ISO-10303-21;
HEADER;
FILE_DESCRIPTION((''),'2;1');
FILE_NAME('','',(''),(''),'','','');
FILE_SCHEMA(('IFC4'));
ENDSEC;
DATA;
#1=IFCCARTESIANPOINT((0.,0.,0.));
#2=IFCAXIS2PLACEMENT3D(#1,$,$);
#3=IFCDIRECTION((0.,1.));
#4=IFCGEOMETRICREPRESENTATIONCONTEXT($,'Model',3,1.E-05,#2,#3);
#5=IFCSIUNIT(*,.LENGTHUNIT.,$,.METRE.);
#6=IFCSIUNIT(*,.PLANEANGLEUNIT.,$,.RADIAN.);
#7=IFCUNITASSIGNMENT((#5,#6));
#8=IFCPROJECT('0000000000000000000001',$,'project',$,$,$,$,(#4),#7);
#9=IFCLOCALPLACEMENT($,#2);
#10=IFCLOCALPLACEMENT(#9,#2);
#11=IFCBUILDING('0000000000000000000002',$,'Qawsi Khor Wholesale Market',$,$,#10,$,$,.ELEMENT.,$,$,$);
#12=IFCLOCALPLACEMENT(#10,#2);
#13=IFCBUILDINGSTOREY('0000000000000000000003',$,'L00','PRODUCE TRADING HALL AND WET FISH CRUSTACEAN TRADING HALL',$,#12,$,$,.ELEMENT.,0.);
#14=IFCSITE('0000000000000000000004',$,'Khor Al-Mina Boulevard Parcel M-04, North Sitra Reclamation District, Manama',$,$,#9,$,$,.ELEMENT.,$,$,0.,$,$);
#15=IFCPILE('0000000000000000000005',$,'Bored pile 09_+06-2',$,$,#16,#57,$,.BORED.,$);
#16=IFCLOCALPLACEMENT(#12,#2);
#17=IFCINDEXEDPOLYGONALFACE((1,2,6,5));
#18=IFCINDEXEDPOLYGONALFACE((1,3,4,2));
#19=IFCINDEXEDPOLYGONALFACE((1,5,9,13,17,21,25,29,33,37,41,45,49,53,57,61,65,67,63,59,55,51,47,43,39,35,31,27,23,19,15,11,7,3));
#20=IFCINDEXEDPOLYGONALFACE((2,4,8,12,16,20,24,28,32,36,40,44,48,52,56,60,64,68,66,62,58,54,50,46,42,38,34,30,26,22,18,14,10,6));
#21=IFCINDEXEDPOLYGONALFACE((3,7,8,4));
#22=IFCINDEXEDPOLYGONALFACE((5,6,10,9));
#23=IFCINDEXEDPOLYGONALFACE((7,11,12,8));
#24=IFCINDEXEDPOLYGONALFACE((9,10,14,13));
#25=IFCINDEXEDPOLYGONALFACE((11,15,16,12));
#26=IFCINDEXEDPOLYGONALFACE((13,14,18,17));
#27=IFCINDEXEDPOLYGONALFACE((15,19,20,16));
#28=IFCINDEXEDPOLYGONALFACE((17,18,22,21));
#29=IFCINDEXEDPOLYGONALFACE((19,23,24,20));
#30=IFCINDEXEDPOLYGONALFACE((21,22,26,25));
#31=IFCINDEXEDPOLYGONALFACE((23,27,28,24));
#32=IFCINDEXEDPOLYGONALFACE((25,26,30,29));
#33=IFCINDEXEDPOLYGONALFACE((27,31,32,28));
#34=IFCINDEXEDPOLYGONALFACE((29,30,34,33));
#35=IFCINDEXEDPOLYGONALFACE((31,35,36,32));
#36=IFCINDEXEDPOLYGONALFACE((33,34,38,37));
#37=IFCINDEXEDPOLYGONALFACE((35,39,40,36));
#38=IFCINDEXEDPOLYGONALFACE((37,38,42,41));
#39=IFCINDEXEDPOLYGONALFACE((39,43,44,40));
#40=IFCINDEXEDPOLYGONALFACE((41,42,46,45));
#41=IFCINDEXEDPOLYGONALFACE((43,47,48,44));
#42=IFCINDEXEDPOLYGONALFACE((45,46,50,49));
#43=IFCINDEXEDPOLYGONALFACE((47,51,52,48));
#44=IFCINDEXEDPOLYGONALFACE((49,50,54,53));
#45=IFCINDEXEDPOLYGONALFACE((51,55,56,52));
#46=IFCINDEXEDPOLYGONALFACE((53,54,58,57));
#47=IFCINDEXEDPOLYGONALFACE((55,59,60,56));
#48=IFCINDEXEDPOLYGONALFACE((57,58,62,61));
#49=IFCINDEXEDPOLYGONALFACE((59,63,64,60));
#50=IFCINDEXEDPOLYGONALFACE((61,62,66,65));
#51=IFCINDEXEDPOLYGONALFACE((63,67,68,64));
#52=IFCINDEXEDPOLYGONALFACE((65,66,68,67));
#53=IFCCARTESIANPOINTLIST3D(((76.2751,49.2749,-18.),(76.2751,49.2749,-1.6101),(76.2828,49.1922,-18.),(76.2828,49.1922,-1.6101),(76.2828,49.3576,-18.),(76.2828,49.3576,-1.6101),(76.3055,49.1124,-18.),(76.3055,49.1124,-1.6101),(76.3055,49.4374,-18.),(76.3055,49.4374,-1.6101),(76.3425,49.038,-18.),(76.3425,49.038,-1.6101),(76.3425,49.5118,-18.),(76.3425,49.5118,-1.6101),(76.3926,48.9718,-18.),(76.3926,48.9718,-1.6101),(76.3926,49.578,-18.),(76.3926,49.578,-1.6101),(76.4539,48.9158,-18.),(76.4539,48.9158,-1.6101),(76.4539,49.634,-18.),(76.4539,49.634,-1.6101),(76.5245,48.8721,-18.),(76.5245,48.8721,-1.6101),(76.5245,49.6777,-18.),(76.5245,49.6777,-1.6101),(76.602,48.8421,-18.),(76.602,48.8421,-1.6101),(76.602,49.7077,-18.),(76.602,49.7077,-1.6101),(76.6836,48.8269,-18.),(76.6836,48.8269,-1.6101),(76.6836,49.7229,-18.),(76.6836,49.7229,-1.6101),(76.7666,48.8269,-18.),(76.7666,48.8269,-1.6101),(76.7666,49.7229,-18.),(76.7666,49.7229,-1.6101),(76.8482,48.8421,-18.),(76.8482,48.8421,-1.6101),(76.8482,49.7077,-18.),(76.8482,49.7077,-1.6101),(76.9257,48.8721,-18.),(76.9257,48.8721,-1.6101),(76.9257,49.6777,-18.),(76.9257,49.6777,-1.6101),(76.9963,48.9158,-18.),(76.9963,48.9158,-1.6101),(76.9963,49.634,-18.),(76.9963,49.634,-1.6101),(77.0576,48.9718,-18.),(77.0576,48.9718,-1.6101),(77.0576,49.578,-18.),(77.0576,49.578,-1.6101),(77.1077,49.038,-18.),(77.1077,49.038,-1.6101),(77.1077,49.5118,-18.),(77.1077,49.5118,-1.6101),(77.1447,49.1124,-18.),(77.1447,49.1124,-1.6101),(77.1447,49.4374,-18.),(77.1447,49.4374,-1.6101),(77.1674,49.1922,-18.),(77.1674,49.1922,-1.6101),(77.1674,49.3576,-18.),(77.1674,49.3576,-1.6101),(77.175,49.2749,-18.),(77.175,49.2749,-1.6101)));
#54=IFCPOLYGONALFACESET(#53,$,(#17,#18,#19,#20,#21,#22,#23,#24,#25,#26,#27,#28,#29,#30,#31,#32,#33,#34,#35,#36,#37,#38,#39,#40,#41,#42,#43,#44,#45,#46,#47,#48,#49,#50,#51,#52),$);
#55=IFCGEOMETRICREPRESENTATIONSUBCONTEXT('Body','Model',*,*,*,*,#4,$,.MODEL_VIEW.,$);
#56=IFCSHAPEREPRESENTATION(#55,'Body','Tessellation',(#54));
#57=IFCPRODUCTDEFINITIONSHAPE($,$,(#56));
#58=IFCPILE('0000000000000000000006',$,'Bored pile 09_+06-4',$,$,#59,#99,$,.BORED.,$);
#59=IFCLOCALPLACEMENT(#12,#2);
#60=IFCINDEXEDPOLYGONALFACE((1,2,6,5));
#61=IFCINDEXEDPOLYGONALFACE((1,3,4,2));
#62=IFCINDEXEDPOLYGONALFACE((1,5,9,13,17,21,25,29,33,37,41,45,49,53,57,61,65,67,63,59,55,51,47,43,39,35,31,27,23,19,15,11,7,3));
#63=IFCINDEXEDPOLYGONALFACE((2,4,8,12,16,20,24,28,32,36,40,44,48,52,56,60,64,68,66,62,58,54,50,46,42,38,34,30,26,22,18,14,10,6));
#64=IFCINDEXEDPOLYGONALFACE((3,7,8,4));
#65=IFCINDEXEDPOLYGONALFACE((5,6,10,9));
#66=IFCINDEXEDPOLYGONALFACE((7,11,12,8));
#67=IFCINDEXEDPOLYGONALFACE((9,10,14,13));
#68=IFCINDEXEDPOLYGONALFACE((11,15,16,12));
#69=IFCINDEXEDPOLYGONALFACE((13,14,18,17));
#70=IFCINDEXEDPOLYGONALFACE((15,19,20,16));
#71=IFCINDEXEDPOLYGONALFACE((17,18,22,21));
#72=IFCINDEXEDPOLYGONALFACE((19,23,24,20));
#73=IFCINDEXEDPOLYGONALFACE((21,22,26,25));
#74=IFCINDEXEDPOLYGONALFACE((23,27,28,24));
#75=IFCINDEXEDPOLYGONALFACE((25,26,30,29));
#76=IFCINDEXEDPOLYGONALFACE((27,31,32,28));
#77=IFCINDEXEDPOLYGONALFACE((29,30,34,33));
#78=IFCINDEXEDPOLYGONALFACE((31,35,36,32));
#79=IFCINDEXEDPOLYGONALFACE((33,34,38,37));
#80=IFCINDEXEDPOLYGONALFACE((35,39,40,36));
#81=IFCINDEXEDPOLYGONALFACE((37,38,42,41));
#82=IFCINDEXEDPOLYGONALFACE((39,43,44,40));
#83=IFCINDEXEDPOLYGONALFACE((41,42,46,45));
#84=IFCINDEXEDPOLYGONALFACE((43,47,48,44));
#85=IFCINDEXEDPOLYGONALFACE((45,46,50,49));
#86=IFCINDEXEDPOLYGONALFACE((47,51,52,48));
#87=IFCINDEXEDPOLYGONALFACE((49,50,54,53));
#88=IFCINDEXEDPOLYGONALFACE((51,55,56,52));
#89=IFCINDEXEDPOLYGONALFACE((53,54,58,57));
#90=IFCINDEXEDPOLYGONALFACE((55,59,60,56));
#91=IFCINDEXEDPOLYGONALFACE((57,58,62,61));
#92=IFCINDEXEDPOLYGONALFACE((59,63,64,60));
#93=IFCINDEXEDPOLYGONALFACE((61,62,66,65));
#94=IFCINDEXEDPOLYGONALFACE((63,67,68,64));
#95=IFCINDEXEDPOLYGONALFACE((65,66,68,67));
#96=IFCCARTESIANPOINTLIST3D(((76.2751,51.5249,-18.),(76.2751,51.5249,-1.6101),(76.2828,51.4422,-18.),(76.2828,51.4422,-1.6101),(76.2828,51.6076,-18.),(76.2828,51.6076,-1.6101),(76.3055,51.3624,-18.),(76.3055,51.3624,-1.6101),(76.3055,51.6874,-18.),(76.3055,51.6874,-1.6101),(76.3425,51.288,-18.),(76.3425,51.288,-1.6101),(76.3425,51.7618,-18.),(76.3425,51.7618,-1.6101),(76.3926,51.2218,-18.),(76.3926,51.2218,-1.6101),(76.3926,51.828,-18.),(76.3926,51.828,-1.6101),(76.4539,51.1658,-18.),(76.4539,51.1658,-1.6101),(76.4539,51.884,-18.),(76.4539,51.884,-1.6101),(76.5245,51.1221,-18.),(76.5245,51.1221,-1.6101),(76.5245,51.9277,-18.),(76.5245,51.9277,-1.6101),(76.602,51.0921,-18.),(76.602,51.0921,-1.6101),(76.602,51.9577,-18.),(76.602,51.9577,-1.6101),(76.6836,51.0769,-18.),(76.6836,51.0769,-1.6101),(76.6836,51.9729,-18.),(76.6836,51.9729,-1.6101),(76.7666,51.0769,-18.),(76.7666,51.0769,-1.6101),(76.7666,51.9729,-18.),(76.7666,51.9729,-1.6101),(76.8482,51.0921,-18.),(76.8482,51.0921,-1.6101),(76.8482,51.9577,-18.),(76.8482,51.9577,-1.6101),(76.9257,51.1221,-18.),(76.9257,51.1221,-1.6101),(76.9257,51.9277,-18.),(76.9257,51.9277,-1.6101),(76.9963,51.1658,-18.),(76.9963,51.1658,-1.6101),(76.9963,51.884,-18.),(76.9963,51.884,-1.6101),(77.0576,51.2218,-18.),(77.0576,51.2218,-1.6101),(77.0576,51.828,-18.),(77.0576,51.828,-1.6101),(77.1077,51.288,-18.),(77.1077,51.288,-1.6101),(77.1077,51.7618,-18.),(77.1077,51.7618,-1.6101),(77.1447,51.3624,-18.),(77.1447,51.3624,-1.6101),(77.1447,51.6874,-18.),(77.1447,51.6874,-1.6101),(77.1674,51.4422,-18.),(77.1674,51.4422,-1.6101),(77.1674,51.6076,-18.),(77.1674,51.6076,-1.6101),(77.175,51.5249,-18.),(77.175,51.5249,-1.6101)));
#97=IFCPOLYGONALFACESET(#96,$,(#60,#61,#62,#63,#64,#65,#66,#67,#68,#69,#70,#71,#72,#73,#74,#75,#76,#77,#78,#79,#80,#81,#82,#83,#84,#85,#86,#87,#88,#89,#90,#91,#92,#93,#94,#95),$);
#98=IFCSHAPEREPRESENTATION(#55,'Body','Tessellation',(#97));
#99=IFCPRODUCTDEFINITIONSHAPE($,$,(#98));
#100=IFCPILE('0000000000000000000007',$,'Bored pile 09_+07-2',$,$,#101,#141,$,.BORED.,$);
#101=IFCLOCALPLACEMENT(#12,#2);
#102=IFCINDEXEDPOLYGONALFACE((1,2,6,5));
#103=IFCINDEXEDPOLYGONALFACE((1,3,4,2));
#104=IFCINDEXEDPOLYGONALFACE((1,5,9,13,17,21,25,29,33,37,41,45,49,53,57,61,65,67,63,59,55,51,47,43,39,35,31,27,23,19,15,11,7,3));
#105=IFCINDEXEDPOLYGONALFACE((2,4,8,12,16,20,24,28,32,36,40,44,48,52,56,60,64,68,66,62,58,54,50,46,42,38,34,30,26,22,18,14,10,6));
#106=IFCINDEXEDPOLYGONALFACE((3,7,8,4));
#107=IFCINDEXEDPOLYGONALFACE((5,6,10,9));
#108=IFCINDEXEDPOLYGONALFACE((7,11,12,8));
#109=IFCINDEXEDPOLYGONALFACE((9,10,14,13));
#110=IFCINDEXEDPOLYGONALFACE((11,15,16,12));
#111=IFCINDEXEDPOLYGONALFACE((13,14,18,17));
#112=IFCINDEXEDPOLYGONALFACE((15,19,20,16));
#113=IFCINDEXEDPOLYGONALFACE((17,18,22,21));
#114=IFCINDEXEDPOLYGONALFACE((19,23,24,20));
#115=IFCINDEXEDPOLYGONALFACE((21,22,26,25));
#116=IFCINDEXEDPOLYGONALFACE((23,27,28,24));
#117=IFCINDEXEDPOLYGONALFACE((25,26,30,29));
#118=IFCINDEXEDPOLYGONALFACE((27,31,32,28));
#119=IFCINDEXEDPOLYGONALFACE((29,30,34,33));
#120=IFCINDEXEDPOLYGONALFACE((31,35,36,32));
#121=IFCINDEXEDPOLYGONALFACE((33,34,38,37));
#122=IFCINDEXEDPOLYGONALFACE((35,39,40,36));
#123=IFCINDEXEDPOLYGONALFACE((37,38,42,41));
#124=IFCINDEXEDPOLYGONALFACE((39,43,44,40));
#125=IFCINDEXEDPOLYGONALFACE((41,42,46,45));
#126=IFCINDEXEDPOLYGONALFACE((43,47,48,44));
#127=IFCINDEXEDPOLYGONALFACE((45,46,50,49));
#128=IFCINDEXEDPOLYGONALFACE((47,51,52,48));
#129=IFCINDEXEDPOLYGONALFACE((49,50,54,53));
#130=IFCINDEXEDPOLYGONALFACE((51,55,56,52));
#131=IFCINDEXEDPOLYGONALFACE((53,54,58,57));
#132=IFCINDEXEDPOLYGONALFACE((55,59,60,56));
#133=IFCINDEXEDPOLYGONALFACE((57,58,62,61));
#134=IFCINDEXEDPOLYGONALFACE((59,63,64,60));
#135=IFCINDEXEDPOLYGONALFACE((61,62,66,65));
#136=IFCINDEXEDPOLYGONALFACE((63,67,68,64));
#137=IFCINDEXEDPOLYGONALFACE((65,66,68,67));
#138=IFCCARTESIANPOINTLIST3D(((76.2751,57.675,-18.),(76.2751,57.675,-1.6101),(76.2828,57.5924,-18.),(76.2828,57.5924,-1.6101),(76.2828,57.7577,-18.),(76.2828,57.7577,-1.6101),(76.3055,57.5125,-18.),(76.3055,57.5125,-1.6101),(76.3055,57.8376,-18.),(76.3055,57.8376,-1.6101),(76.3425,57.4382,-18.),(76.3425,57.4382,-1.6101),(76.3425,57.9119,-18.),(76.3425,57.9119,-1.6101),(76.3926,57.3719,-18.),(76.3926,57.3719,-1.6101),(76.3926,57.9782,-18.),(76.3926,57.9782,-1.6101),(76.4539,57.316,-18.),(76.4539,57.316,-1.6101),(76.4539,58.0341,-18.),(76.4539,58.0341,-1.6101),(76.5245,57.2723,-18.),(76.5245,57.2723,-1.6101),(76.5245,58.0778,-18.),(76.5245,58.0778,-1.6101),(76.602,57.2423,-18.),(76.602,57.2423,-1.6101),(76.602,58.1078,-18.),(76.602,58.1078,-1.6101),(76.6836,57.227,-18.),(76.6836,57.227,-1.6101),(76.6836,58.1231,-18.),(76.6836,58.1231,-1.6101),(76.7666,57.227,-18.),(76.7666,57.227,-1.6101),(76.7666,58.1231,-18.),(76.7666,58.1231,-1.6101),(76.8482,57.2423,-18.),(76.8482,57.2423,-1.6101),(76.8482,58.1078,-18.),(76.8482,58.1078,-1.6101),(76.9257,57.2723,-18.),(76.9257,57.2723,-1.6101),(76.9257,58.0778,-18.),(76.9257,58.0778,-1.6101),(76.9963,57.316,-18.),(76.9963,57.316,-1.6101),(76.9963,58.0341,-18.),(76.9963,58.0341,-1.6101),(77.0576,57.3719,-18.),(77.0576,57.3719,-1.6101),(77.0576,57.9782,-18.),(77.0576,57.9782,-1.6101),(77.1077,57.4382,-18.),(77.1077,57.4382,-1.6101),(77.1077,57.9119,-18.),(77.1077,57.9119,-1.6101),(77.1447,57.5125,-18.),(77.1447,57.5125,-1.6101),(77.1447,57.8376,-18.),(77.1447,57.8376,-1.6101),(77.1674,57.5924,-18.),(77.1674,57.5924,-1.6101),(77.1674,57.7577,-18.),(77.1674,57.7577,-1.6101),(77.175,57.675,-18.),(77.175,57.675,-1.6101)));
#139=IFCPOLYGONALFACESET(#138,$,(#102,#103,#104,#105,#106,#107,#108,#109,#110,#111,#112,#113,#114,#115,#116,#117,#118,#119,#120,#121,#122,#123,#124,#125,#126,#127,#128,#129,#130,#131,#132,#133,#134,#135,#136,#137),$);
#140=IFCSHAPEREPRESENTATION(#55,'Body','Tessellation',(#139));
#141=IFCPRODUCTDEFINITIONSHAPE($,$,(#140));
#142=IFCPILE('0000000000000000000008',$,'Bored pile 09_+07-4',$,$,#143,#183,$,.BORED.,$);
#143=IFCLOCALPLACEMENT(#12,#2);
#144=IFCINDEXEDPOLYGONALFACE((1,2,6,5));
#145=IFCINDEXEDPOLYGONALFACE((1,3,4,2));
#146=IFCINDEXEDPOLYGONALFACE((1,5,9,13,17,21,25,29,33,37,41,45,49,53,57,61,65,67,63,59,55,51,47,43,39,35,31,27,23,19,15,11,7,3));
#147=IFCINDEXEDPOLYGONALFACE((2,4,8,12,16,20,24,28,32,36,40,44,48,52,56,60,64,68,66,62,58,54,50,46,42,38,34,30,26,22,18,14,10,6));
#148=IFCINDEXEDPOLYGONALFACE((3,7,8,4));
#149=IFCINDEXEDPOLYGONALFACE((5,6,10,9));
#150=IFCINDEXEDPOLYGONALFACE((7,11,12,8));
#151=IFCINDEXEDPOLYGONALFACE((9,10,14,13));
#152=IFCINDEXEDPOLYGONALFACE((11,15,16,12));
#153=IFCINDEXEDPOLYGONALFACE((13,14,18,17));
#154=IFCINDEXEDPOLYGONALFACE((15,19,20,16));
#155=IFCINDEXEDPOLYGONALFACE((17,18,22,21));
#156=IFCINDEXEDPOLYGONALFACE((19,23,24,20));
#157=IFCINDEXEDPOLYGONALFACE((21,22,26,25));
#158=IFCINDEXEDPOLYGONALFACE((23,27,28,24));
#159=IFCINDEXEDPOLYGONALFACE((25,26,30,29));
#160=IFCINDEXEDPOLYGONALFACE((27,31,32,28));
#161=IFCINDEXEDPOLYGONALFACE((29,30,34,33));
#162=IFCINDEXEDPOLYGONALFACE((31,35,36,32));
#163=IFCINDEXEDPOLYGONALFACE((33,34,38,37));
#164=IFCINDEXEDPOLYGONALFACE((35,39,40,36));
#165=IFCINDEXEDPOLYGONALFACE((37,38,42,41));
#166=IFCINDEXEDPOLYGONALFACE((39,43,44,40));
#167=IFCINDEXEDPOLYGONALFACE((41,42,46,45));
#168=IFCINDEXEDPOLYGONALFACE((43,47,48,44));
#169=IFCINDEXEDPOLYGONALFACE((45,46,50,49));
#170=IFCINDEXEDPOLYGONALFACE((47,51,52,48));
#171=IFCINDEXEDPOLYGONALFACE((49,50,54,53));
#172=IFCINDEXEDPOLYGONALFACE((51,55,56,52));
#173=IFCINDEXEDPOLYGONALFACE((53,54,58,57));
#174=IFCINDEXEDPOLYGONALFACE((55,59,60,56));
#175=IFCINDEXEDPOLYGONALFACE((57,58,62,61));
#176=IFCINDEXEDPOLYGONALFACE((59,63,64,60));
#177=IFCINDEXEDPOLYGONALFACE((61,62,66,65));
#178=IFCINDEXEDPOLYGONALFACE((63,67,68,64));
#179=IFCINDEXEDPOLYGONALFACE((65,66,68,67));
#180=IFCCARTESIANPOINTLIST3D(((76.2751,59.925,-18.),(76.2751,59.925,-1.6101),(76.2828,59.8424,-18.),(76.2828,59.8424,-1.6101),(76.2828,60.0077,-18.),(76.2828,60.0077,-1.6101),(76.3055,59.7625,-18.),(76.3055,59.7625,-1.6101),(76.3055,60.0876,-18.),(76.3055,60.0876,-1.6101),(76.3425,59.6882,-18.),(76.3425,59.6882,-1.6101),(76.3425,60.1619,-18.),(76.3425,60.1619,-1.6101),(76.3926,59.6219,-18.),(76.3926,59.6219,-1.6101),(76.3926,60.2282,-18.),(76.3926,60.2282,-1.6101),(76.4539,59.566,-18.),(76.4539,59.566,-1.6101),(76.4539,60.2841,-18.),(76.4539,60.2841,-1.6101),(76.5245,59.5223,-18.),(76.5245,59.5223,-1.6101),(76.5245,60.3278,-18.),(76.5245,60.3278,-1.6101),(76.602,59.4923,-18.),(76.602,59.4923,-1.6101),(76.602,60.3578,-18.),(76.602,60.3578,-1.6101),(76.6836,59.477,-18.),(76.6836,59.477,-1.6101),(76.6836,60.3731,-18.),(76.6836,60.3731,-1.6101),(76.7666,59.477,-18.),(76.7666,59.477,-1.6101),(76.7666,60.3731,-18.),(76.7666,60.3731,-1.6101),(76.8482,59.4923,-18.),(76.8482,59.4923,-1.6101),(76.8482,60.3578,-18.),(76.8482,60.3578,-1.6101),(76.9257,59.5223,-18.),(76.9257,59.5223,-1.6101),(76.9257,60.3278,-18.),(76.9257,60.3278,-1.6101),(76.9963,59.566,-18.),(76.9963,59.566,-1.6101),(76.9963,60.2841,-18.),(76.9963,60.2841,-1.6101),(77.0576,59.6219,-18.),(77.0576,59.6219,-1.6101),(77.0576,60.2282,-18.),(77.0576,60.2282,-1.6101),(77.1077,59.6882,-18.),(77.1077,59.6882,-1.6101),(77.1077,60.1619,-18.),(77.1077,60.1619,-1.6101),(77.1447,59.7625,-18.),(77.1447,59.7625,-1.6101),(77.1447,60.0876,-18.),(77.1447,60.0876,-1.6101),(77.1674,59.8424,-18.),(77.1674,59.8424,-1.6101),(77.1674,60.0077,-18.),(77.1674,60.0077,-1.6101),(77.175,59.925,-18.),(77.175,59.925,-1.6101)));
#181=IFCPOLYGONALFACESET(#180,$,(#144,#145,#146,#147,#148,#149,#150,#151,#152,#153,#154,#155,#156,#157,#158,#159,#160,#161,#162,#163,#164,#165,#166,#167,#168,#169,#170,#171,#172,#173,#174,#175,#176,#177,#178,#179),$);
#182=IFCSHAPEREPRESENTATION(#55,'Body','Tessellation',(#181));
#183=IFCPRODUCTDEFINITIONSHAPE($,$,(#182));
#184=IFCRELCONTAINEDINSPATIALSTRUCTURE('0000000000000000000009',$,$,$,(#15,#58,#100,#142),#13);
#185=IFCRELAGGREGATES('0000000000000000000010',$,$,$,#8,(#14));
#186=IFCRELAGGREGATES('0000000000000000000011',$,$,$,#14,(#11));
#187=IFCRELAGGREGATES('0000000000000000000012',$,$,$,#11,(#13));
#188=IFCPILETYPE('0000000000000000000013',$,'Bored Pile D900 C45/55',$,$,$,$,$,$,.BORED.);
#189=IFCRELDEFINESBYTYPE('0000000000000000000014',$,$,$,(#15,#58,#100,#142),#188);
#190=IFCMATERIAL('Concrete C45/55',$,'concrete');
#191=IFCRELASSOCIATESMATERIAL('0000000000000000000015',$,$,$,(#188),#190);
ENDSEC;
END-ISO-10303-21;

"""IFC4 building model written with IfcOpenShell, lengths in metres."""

from ifc_helpers import new_model, si_unit, direction, frame, origin, origin_2d, place, context, subcontext, project, spatial, circle, extrude, material, material_profile, profile_set, type_object, element, save


model = new_model("IFC4")

# Units and contexts
model_context = context("Model", 3, precision=1e-05, world=origin(), true_north=direction((0.0, 1.0)))
body_context = subcontext(model_context, "Body", "Model", "MODEL_VIEW")
ifc_project = project(units=[si_unit("LENGTHUNIT", "METRE"), si_unit("PLANEANGLEUNIT", "RADIAN")], contexts=[model_context])

# Site, building, storey
site_placement = place(None, origin())
site = spatial("IfcSite", under=ifc_project, at=site_placement, Name="Khor Al-Mina Boulevard Parcel M-04, North Sitra Reclamation District, Manama", CompositionType="ELEMENT", RefElevation=0.0)
building_placement = place(site_placement, origin())
building = spatial("IfcBuilding", under=site, at=building_placement, Name="Qawsi Khor Wholesale Market", CompositionType="ELEMENT")
storey_placement = place(building_placement, origin())
storey = spatial("IfcBuildingStorey", under=building, at=storey_placement, Name="L00", Description="PRODUCE TRADING HALL AND WET FISH CRUSTACEAN TRADING HALL", CompositionType="ELEMENT", Elevation=0.0)

# Piles
ifc_material_1 = material(Name="Concrete C45/55", Category="concrete")
ifc_material_profile_1 = material_profile(ifc_material_1, circle(Radius=0.45, at=origin_2d()), Name="PILE D900")
ifc_profile_set_1 = profile_set([ifc_material_profile_1], Name="Concrete C45/55")
pile_type = type_object("IfcPileType", Name="Bored Pile D900 C45/55", PredefinedType="BORED", material=ifc_profile_set_1)
for number, where, z_axis, x_axis, name in (
    (1, (76.7251, 49.2749, -1.6101), (0.0, 0.0, -1.0), (1.0, 0.0, 0.0), "Bored pile 09_+06-2"),
    (2, (76.7251, 51.5249, -1.6101), (0.0, 0.0, -1.0), (1.0, 0.0, 0.0), "Bored pile 09_+06-4"),
    (3, (76.7251, 57.675, -1.6101), (0.0, 0.0, -1.0), (1.0, 0.0, 0.0), "Bored pile 09_+07-2"),
    (4, (76.7251, 59.925, -1.6101), (0.0, 0.0, -1.0), (1.0, 0.0, 0.0), "Bored pile 09_+07-4"),
):
    element("IfcPile", number, at=place(storey_placement, frame(where, z_axis=z_axis, x_axis=x_axis)), inside=storey, type_object=pile_type, Name=name, PredefinedType="BORED", context=body_context, shape_type="SweptSolid", body=[
        extrude(circle(Radius=0.45, at=origin_2d()), origin(), (0.0, 0.0, 1.0), 16.3899),
    ])

save(model, "model.ifc")
